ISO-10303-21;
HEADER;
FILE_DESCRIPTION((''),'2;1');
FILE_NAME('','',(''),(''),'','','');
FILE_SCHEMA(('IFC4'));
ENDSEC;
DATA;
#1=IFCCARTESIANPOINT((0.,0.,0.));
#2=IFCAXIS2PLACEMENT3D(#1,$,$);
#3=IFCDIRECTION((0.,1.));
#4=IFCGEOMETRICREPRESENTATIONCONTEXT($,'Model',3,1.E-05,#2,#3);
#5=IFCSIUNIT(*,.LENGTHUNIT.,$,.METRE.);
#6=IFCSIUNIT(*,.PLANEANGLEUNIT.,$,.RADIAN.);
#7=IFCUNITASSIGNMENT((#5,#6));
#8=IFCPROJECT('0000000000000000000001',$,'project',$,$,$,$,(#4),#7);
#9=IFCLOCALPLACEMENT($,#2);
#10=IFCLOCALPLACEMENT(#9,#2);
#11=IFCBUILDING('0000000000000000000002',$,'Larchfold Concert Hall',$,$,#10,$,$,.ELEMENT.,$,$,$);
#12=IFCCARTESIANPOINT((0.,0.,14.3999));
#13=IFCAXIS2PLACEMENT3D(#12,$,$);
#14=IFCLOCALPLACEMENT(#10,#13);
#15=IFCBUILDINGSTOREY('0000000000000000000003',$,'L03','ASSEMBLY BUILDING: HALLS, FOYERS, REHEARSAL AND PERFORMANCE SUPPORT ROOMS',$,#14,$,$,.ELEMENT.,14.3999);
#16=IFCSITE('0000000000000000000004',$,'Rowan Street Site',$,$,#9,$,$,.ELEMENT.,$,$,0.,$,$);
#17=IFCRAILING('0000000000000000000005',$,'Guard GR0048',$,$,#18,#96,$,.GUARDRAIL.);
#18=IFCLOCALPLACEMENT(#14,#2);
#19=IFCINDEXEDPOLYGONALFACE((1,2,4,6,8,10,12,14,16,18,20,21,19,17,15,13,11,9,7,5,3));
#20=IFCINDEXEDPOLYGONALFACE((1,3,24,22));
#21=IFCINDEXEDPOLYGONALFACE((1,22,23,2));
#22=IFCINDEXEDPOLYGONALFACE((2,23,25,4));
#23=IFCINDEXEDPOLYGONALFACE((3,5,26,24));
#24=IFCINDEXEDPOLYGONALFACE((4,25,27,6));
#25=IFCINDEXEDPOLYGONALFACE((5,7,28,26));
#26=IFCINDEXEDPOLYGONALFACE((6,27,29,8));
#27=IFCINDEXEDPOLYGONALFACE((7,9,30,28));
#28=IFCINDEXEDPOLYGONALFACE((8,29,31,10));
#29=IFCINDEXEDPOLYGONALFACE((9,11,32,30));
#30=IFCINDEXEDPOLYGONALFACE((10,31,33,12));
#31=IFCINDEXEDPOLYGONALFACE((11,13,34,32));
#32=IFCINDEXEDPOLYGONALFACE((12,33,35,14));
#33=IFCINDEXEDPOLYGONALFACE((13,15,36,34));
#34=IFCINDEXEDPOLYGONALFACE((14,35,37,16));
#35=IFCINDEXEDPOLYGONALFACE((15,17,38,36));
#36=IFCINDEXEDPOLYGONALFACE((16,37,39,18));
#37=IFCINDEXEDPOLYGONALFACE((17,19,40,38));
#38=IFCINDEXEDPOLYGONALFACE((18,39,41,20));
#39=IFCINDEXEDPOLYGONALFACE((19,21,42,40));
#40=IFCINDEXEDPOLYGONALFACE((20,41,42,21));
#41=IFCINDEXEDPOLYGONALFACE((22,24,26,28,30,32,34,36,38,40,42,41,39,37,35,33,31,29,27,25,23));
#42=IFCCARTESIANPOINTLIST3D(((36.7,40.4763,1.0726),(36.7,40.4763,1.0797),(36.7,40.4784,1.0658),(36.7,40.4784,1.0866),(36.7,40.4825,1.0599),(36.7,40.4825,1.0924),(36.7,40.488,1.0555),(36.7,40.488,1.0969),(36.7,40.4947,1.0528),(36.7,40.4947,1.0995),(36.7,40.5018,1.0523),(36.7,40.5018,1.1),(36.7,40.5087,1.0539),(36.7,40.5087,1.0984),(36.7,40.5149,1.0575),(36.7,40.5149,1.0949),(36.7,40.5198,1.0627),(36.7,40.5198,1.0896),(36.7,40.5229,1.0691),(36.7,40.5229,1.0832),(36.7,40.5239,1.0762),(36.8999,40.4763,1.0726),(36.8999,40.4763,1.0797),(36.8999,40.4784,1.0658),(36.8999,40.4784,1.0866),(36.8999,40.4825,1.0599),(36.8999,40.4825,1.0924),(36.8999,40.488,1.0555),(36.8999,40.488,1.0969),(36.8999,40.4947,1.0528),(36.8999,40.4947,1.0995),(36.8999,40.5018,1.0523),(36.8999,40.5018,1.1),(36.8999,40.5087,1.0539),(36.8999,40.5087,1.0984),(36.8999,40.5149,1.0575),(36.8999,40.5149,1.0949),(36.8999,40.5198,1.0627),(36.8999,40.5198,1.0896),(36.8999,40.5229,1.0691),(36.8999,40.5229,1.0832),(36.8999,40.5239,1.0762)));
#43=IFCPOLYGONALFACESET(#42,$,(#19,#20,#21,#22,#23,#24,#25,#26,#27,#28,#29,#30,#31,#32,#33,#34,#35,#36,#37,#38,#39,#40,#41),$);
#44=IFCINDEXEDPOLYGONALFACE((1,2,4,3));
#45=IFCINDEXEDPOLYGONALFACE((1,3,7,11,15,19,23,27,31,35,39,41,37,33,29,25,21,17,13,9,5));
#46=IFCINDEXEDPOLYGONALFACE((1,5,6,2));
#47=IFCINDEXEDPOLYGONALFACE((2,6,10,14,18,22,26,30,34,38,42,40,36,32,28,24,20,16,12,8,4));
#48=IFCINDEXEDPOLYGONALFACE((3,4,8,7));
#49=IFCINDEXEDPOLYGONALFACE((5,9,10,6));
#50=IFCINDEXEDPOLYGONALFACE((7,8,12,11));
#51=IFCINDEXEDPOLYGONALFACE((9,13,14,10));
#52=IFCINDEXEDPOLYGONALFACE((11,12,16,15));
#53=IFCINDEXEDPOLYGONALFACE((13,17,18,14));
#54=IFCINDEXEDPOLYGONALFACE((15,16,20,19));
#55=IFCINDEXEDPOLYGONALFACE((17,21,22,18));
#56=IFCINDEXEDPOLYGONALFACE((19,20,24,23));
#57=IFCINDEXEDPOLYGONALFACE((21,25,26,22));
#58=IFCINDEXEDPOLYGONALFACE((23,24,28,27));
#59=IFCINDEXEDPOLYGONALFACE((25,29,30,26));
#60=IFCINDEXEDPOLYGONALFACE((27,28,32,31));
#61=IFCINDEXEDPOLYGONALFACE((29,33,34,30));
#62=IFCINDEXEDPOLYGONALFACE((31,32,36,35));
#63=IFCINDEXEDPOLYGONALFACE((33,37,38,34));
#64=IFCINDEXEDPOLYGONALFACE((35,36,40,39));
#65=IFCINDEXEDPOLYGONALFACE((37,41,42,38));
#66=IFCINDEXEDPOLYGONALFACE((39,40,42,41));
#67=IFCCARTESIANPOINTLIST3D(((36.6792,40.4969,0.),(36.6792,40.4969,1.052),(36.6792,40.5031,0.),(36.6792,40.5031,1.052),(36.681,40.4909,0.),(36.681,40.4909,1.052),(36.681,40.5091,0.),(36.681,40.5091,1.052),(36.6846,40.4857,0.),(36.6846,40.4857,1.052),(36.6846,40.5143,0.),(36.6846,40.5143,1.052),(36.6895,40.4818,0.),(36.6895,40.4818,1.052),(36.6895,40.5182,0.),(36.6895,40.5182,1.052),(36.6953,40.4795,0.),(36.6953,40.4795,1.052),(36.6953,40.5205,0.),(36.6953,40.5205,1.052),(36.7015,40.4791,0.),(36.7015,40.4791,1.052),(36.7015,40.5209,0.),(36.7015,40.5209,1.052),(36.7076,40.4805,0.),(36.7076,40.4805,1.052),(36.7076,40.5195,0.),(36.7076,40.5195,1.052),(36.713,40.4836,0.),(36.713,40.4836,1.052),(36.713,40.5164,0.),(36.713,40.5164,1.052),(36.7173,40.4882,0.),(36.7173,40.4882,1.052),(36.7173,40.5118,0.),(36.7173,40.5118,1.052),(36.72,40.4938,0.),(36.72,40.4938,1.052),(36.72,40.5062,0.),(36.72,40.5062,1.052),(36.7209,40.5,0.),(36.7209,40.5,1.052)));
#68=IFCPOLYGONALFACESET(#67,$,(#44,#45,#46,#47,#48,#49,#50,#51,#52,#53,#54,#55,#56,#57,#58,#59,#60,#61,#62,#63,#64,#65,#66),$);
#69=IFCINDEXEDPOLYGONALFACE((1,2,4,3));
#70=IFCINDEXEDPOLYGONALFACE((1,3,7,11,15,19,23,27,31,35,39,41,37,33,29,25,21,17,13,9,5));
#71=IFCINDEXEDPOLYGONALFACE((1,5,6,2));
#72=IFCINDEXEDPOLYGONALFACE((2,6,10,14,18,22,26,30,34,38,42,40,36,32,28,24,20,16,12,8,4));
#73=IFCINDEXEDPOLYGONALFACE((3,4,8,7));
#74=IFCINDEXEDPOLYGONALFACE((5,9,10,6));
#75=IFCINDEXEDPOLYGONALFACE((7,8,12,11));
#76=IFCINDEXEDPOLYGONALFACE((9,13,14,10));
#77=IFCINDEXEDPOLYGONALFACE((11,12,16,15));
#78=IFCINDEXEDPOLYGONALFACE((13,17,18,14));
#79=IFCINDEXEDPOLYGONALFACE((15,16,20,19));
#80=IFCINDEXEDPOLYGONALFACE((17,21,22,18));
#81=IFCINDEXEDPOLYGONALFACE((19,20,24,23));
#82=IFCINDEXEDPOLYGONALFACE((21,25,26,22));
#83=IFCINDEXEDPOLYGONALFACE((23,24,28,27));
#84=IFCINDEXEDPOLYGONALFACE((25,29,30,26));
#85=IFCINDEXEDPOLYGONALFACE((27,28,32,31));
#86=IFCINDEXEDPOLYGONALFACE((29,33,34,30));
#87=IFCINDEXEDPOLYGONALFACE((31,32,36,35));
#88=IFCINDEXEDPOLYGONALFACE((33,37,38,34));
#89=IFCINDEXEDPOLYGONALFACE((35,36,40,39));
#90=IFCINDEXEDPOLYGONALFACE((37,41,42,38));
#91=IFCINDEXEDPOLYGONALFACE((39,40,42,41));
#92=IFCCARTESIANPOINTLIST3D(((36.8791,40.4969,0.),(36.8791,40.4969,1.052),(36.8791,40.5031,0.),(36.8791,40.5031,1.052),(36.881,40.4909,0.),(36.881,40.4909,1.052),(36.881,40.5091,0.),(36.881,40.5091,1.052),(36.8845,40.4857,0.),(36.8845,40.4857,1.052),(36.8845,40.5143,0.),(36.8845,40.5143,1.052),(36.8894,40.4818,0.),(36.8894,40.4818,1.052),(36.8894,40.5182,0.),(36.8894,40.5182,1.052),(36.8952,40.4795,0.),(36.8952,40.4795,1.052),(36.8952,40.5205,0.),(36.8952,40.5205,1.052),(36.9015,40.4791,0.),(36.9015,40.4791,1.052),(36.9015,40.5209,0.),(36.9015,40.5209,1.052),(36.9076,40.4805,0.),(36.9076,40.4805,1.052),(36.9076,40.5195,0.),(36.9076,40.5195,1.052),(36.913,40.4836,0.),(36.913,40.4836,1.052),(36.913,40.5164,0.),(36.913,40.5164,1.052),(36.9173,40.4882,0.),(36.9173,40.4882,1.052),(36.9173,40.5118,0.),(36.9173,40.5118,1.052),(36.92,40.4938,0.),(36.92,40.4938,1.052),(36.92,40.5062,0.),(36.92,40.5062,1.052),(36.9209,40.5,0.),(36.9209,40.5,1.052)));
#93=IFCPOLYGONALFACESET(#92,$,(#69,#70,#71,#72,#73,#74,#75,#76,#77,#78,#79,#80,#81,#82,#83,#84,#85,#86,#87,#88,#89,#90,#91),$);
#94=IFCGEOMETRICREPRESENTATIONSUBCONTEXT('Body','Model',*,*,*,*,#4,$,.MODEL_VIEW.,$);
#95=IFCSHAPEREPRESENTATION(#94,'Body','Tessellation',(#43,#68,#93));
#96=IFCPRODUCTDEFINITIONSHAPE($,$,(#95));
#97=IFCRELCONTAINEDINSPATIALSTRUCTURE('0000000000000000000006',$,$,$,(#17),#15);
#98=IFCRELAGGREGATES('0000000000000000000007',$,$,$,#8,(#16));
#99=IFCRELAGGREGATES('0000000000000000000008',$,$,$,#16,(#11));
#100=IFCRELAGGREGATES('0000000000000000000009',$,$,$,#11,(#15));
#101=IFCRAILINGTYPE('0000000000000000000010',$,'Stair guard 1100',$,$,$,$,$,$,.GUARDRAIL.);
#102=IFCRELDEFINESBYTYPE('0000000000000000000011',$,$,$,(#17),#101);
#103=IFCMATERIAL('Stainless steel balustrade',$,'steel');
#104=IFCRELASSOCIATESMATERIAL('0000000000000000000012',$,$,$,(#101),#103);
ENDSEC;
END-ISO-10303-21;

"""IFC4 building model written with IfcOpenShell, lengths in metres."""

from ifc_helpers import new_model, si_unit, direction, frame, origin, origin_2d, place, context, subcontext, project, spatial, circle, extrude, material, type_object, element, save


model = new_model("IFC4")

# Units and contexts
model_context = context("Model", 3, precision=1e-05, world=origin(), true_north=direction((0.0, 1.0)))
body_context = subcontext(model_context, "Body", "Model", "MODEL_VIEW")
ifc_project = project(units=[si_unit("LENGTHUNIT", "METRE"), si_unit("PLANEANGLEUNIT", "RADIAN")], contexts=[model_context])

# Site, building, storey
site_placement = place(None, origin())
site = spatial("IfcSite", under=ifc_project, at=site_placement, Name="Rowan Street Site", CompositionType="ELEMENT", RefElevation=0.0)
building_placement = place(site_placement, origin())
building = spatial("IfcBuilding", under=site, at=building_placement, Name="Larchfold Concert Hall", CompositionType="ELEMENT")
storey_placement = place(building_placement, frame((0.0, 0.0, 14.3999)))
storey = spatial("IfcBuildingStorey", under=building, at=storey_placement, Name="L03", Description="ASSEMBLY BUILDING: HALLS, FOYERS, REHEARSAL AND PERFORMANCE SUPPORT ROOMS", CompositionType="ELEMENT", Elevation=14.3999)

# Railing
ifc_material_1 = material(Name="Stainless steel balustrade", Category="steel")
railing_type_1 = type_object("IfcRailingType", Name="Stair guard 1100", PredefinedType="GUARDRAIL", material=ifc_material_1)
railing_1_placement = place(storey_placement, frame((36.7, 40.5, 0.0)))
element("IfcRailing", 1, at=railing_1_placement, inside=storey, type_object=railing_type_1, Name="Guard GR0048", PredefinedType="GUARDRAIL", context=body_context, shape_type="SweptSolid", body=[
    extrude(circle(Radius=0.0239, at=origin_2d()), frame((0.0, 0.0, 1.0762), z_axis=(1.0, 0.0, 0.0), x_axis=(0.0, 1.0, 0.0)), (0.0, 0.0, 1.0), 0.2),
    extrude(circle(Radius=0.021, at=origin_2d()), origin(), (0.0, 0.0, 1.0), 1.052),
    extrude(circle(Radius=0.021, at=origin_2d()), frame((0.2, 0.0, 0.0)), (0.0, 0.0, 1.0), 1.052),
])

save(model, "model.ifc")
